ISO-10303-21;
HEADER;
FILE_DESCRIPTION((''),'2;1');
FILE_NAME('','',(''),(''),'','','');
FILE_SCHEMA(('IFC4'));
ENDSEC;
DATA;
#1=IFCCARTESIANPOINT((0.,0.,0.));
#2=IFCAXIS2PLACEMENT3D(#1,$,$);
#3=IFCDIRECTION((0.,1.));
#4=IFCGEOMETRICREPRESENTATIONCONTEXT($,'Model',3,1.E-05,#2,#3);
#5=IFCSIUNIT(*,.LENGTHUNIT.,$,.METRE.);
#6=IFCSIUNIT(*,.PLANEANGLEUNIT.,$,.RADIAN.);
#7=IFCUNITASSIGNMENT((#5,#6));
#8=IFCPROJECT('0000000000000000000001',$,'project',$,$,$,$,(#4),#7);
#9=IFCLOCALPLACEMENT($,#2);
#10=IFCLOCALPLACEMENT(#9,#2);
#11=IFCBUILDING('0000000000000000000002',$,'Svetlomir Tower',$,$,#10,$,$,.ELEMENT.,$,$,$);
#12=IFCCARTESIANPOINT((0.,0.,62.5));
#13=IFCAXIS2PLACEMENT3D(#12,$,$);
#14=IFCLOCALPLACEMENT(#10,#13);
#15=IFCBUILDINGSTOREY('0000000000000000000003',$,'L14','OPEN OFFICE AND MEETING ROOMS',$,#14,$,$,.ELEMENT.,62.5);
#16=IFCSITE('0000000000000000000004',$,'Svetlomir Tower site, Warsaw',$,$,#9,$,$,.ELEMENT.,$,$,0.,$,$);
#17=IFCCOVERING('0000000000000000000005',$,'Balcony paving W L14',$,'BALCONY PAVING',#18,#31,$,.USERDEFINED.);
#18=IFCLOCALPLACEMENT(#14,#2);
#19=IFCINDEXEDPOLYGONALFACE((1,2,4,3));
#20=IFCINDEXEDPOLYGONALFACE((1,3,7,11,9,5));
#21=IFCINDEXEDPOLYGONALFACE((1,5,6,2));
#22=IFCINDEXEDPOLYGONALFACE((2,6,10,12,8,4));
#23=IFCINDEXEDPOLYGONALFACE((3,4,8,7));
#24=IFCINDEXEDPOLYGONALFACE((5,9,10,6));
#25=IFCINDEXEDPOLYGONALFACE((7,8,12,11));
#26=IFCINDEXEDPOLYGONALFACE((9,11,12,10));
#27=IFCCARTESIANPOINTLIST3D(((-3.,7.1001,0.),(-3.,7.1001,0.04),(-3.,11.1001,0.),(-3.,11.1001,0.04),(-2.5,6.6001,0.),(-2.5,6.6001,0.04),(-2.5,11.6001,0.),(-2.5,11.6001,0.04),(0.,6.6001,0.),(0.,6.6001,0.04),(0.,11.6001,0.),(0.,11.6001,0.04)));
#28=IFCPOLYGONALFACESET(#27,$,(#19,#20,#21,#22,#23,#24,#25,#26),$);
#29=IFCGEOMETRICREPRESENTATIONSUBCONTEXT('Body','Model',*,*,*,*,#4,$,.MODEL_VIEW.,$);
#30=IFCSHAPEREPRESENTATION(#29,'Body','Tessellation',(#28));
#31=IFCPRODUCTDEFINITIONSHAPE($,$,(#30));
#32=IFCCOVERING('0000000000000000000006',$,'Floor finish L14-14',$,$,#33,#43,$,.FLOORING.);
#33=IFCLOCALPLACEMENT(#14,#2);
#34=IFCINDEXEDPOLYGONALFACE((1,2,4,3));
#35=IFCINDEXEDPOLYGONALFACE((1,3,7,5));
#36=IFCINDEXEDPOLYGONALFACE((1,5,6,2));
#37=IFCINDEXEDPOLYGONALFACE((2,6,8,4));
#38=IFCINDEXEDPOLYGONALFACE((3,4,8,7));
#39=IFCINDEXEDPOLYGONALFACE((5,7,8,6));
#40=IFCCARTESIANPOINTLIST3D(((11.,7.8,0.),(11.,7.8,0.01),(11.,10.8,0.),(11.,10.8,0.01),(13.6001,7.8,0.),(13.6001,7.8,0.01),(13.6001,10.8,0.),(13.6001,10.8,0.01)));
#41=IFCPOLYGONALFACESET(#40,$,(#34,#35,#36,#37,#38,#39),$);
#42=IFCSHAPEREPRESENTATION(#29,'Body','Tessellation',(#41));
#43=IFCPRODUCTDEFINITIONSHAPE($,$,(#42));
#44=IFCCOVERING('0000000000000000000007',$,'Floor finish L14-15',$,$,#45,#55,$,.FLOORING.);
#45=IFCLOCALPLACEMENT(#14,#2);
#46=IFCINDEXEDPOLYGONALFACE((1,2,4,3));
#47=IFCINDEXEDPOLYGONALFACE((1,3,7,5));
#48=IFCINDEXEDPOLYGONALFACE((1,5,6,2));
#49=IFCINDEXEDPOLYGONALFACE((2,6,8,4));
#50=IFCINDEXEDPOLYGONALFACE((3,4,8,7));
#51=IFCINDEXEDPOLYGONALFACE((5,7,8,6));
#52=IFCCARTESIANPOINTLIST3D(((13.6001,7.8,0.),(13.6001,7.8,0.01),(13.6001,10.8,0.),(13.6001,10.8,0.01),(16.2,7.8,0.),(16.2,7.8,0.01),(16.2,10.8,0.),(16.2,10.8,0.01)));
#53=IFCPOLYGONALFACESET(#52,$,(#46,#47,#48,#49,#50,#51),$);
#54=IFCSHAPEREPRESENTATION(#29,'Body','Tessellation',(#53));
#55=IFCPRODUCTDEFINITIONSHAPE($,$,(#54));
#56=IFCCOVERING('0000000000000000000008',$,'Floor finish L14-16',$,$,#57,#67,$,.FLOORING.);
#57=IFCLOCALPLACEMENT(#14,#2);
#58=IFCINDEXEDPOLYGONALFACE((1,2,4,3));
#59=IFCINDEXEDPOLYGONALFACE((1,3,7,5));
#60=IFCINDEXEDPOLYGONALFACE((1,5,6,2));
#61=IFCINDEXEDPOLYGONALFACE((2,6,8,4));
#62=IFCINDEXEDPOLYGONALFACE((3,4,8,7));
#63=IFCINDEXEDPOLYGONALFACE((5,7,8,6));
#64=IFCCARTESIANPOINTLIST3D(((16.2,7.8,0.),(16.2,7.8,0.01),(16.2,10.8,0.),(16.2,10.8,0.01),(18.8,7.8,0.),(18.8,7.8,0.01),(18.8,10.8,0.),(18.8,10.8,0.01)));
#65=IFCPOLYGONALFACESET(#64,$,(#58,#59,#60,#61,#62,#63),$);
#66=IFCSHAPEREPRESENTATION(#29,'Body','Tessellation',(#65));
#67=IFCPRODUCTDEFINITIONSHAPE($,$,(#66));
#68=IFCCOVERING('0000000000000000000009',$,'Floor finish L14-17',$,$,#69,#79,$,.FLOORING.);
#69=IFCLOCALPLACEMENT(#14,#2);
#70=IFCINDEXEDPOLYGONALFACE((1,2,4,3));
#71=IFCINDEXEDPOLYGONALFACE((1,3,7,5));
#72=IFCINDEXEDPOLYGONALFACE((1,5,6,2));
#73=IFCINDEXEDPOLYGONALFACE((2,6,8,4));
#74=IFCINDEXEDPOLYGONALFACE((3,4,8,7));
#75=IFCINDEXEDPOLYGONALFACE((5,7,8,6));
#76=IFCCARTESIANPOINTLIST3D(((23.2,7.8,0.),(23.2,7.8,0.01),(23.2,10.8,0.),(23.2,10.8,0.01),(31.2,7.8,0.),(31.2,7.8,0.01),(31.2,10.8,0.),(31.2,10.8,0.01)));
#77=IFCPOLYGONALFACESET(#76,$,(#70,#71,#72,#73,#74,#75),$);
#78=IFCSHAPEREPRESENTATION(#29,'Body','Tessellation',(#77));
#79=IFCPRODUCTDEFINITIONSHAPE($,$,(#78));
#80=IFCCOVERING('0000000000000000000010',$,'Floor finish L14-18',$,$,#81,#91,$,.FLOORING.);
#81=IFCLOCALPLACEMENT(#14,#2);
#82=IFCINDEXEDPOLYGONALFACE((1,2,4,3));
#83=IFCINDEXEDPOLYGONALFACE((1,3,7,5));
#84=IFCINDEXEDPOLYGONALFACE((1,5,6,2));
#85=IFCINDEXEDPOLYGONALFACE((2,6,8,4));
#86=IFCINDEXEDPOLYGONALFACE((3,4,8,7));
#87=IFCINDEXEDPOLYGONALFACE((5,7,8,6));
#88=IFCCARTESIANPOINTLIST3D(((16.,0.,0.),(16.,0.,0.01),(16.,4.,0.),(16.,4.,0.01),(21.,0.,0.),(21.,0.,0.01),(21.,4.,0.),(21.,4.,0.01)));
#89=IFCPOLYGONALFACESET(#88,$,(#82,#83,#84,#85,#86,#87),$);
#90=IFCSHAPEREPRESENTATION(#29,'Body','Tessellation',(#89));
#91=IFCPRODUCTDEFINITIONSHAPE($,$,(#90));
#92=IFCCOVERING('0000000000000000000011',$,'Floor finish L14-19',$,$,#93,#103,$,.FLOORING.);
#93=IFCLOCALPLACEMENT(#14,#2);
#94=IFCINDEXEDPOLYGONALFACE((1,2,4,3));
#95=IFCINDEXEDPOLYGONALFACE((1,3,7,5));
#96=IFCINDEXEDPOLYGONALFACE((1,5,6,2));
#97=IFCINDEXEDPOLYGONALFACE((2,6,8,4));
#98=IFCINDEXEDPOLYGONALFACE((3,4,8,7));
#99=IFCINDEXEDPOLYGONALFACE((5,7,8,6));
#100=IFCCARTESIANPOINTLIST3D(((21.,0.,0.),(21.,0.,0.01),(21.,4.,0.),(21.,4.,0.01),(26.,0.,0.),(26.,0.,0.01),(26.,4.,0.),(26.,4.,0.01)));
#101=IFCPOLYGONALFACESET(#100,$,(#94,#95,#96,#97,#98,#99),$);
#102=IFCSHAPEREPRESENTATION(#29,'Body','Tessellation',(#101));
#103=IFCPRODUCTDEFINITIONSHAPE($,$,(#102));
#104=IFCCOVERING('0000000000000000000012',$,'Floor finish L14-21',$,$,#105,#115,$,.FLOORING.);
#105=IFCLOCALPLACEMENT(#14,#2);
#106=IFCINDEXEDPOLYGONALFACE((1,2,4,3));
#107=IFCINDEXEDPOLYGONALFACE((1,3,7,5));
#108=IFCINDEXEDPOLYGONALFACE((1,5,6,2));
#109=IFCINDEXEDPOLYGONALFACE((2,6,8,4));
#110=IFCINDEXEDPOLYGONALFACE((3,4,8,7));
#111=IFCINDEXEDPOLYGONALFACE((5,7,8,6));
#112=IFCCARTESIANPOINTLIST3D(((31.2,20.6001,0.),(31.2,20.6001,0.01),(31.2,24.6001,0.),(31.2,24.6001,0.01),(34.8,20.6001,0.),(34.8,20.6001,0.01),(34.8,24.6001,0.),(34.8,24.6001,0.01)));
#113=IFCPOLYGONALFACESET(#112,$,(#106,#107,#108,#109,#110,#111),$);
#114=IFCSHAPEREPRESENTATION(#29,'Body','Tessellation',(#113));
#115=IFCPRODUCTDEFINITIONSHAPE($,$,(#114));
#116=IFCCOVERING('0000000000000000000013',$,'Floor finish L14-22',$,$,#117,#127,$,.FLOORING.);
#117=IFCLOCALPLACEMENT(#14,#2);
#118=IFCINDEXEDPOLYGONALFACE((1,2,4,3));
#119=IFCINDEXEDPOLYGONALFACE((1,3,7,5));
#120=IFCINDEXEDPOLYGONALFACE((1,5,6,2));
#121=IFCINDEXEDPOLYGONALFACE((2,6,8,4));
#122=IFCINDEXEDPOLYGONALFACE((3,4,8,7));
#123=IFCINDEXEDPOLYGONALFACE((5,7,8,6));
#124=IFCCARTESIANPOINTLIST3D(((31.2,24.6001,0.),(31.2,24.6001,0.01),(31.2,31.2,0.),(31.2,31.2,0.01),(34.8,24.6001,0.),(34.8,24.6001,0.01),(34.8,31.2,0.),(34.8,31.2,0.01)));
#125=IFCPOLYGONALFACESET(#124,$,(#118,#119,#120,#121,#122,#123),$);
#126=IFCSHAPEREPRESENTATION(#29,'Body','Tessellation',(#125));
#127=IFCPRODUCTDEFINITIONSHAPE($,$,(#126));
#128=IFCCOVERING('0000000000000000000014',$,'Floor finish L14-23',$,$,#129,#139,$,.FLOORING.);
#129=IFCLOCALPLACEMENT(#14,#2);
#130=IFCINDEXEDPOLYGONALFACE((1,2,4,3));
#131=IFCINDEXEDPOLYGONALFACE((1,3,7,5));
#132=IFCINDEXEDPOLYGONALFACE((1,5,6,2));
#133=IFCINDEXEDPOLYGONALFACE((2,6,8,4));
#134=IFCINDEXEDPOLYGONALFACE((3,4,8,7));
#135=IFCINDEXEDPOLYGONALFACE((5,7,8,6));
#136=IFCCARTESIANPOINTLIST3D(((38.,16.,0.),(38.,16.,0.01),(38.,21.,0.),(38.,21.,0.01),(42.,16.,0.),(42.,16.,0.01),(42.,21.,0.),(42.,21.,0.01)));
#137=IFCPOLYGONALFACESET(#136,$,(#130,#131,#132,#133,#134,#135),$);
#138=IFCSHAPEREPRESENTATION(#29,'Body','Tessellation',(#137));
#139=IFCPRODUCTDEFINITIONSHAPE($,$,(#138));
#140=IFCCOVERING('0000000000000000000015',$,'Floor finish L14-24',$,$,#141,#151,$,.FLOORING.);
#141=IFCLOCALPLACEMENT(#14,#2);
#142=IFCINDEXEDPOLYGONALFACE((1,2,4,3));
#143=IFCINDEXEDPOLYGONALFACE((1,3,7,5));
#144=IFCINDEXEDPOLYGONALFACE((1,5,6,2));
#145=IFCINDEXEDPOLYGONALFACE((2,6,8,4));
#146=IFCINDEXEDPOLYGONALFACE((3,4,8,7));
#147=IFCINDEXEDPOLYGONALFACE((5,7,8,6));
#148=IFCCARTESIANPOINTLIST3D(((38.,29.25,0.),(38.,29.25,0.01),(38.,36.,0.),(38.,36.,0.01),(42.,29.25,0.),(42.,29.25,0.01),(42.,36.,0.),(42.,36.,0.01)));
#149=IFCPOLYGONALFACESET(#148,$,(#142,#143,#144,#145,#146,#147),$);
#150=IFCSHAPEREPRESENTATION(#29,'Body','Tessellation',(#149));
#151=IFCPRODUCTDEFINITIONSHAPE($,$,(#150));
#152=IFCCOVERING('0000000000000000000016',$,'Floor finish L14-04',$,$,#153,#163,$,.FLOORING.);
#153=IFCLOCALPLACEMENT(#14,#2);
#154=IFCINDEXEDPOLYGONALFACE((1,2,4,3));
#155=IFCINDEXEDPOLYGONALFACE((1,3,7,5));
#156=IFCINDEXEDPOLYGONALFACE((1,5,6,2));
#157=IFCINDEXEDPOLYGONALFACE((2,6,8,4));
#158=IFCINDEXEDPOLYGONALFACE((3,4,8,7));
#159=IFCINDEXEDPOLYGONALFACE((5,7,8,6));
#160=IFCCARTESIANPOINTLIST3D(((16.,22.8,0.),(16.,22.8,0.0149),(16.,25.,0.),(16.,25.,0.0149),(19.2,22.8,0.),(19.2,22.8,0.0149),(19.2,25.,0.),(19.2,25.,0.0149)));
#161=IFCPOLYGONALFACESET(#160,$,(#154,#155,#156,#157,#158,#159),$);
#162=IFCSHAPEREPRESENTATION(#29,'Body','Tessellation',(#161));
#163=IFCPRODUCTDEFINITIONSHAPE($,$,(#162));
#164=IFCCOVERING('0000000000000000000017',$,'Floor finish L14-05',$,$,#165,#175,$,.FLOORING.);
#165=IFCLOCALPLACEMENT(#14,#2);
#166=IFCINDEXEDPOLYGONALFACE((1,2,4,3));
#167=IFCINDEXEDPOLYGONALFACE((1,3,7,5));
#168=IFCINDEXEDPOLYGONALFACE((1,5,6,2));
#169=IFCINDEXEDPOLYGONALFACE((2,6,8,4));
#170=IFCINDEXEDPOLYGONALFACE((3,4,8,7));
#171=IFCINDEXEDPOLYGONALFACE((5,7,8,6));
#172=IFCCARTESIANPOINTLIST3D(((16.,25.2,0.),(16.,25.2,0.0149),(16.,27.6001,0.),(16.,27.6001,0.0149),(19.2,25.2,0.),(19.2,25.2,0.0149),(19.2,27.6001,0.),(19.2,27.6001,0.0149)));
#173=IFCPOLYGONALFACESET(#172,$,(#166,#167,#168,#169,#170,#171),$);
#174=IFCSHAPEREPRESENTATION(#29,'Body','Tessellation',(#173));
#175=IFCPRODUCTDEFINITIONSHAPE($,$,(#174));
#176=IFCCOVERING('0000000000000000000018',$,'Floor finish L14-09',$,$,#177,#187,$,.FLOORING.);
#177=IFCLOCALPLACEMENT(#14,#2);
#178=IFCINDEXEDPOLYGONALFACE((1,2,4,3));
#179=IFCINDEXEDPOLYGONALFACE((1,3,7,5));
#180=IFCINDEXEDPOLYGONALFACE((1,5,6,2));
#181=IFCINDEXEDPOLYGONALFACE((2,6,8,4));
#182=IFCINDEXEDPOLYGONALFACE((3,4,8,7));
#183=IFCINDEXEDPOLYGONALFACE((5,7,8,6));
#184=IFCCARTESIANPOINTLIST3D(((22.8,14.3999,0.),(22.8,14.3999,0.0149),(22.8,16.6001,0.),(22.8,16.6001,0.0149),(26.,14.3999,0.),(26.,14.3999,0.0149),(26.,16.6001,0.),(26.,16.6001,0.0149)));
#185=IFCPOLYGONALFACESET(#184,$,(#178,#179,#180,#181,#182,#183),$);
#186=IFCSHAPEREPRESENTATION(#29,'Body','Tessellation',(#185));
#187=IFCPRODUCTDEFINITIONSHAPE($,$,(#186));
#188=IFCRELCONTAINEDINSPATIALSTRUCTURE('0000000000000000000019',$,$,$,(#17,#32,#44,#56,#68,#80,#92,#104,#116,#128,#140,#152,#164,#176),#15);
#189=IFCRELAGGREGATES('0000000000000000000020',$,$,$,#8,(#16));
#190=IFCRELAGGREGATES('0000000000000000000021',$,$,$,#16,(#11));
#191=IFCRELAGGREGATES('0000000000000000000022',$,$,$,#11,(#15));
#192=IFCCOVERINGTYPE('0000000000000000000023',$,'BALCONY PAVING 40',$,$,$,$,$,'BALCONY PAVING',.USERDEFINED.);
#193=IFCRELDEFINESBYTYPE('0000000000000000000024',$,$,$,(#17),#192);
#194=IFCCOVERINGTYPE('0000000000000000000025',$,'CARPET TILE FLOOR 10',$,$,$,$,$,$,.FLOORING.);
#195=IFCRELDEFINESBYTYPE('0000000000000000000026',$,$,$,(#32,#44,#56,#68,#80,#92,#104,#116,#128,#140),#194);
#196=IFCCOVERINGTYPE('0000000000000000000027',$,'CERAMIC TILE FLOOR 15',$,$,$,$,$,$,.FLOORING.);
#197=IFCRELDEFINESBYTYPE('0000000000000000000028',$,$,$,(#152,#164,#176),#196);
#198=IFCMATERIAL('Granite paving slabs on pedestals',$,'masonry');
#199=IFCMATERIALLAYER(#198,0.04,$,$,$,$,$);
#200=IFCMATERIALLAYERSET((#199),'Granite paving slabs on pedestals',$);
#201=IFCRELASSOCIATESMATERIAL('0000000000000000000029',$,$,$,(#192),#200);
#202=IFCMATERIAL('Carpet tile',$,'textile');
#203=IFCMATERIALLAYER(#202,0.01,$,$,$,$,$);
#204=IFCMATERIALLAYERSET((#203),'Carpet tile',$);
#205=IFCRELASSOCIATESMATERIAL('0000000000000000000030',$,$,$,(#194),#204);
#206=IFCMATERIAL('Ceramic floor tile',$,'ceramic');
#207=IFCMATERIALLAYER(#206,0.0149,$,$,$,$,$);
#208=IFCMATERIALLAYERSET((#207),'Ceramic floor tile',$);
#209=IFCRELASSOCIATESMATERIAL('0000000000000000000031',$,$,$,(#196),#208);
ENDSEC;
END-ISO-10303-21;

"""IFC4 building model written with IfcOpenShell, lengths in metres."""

from ifc_helpers import new_model, si_unit, direction, frame, origin, place, context, subcontext, project, spatial, polyline, outline, extrude, material, layer, layer_set, type_object, element, save


model = new_model("IFC4")

# Units and contexts
model_context = context("Model", 3, precision=1e-05, world=origin(), true_north=direction((0.0, 1.0)))
body_context = subcontext(model_context, "Body", "Model", "MODEL_VIEW")
ifc_project = project(units=[si_unit("LENGTHUNIT", "METRE"), si_unit("PLANEANGLEUNIT", "RADIAN")], contexts=[model_context])

# Site, building, storey
site_placement = place(None, origin())
site = spatial("IfcSite", under=ifc_project, at=site_placement, Name="Svetlomir Tower site, Warsaw", CompositionType="ELEMENT", RefElevation=0.0)
building_placement = place(site_placement, origin())
building = spatial("IfcBuilding", under=site, at=building_placement, Name="Svetlomir Tower", CompositionType="ELEMENT")
storey_placement = place(building_placement, frame((0.0, 0.0, 62.5)))
storey = spatial("IfcBuildingStorey", under=building, at=storey_placement, Name="L14", Description="OPEN OFFICE AND MEETING ROOMS", CompositionType="ELEMENT", Elevation=62.5)

# Coverings
ifc_material_1 = material(Name="Granite paving slabs on pedestals", Category="masonry")
ifc_layer_1 = layer(ifc_material_1, 0.04)
ifc_layer_set_1 = layer_set([ifc_layer_1], Name="Granite paving slabs on pedestals")
covering_type_1 = type_object("IfcCoveringType", Name="BALCONY PAVING 40", ElementType="BALCONY PAVING", PredefinedType="USERDEFINED", material=ifc_layer_set_1)
covering_1_placement = place(storey_placement, origin())
element("IfcCovering", 1, at=covering_1_placement, inside=storey, type_object=covering_type_1, Name="Balcony paving W L14", ObjectType="BALCONY PAVING", PredefinedType="USERDEFINED", context=body_context, shape_type="SweptSolid", body=[
    extrude(outline(polyline([(-2.5, 6.6001), (0.0, 6.6001), (0.0, 11.6001), (-2.5, 11.6001), (-3.0, 11.1001), (-3.0, 7.1001), (-2.5, 6.6001)])), origin(), (0.0, 0.0, 1.0), 0.04),
])
ifc_material_2 = material(Name="Carpet tile", Category="textile")
ifc_layer_2 = layer(ifc_material_2, 0.01)
ifc_layer_set_2 = layer_set([ifc_layer_2], Name="Carpet tile")
covering_type_2 = type_object("IfcCoveringType", Name="CARPET TILE FLOOR 10", PredefinedType="FLOORING", material=ifc_layer_set_2)
covering_2_placement = place(storey_placement, origin())
element("IfcCovering", 2, at=covering_2_placement, inside=storey, type_object=covering_type_2, Name="Floor finish L14-14", PredefinedType="FLOORING", context=body_context, shape_type="SweptSolid", body=[
    extrude(outline(polyline([(11.0, 7.8), (13.6001, 7.8), (13.6001, 10.8), (11.0, 10.8), (11.0, 7.8)])), origin(), (0.0, 0.0, 1.0), 0.01),
])
covering_3_placement = place(storey_placement, origin())
element("IfcCovering", 3, at=covering_3_placement, inside=storey, type_object=covering_type_2, Name="Floor finish L14-15", PredefinedType="FLOORING", context=body_context, shape_type="SweptSolid", body=[
    extrude(outline(polyline([(13.6001, 7.8), (16.2, 7.8), (16.2, 10.8), (13.6001, 10.8), (13.6001, 7.8)])), origin(), (0.0, 0.0, 1.0), 0.01),
])
covering_4_placement = place(storey_placement, origin())
element("IfcCovering", 4, at=covering_4_placement, inside=storey, type_object=covering_type_2, Name="Floor finish L14-16", PredefinedType="FLOORING", context=body_context, shape_type="SweptSolid", body=[
    extrude(outline(polyline([(16.2, 7.8), (18.8, 7.8), (18.8, 10.8), (16.2, 10.8), (16.2, 7.8)])), origin(), (0.0, 0.0, 1.0), 0.01),
])
covering_5_placement = place(storey_placement, origin())
element("IfcCovering", 5, at=covering_5_placement, inside=storey, type_object=covering_type_2, Name="Floor finish L14-17", PredefinedType="FLOORING", context=body_context, shape_type="SweptSolid", body=[
    extrude(outline(polyline([(23.2, 7.8), (31.2, 7.8), (31.2, 10.8), (23.2, 10.8), (23.2, 7.8)])), origin(), (0.0, 0.0, 1.0), 0.01),
])
covering_6_placement = place(storey_placement, origin())
element("IfcCovering", 6, at=covering_6_placement, inside=storey, type_object=covering_type_2, Name="Floor finish L14-18", PredefinedType="FLOORING", context=body_context, shape_type="SweptSolid", body=[
    extrude(outline(polyline([(16.0, 0.0), (21.0, 0.0), (21.0, 4.0), (16.0, 4.0), (16.0, 0.0)])), origin(), (0.0, 0.0, 1.0), 0.01),
])
covering_7_placement = place(storey_placement, origin())
element("IfcCovering", 7, at=covering_7_placement, inside=storey, type_object=covering_type_2, Name="Floor finish L14-19", PredefinedType="FLOORING", context=body_context, shape_type="SweptSolid", body=[
    extrude(outline(polyline([(21.0, 0.0), (26.0, 0.0), (26.0, 4.0), (21.0, 4.0), (21.0, 0.0)])), origin(), (0.0, 0.0, 1.0), 0.01),
])
covering_8_placement = place(storey_placement, origin())
element("IfcCovering", 8, at=covering_8_placement, inside=storey, type_object=covering_type_2, Name="Floor finish L14-21", PredefinedType="FLOORING", context=body_context, shape_type="SweptSolid", body=[
    extrude(outline(polyline([(31.2, 20.6001), (34.8, 20.6001), (34.8, 24.6001), (31.2, 24.6001), (31.2, 20.6001)])), origin(), (0.0, 0.0, 1.0), 0.01),
])
covering_9_placement = place(storey_placement, origin())
element("IfcCovering", 9, at=covering_9_placement, inside=storey, type_object=covering_type_2, Name="Floor finish L14-22", PredefinedType="FLOORING", context=body_context, shape_type="SweptSolid", body=[
    extrude(outline(polyline([(31.2, 24.6001), (34.8, 24.6001), (34.8, 31.2), (31.2, 31.2), (31.2, 24.6001)])), origin(), (0.0, 0.0, 1.0), 0.01),
])
covering_10_placement = place(storey_placement, origin())
element("IfcCovering", 10, at=covering_10_placement, inside=storey, type_object=covering_type_2, Name="Floor finish L14-23", PredefinedType="FLOORING", context=body_context, shape_type="SweptSolid", body=[
    extrude(outline(polyline([(38.0, 16.0), (42.0, 16.0), (42.0, 21.0), (38.0, 21.0), (38.0, 16.0)])), origin(), (0.0, 0.0, 1.0), 0.01),
])
covering_11_placement = place(storey_placement, origin())
element("IfcCovering", 11, at=covering_11_placement, inside=storey, type_object=covering_type_2, Name="Floor finish L14-24", PredefinedType="FLOORING", context=body_context, shape_type="SweptSolid", body=[
    extrude(outline(polyline([(38.0, 29.25), (42.0, 29.25), (42.0, 36.0), (38.0, 36.0), (38.0, 29.25)])), origin(), (0.0, 0.0, 1.0), 0.01),
])
ifc_material_3 = material(Name="Ceramic floor tile", Category="ceramic")
ifc_layer_3 = layer(ifc_material_3, 0.0149)
ifc_layer_set_3 = layer_set([ifc_layer_3], Name="Ceramic floor tile")
covering_type_3 = type_object("IfcCoveringType", Name="CERAMIC TILE FLOOR 15", PredefinedType="FLOORING", material=ifc_layer_set_3)
covering_12_placement = place(storey_placement, origin())
element("IfcCovering", 12, at=covering_12_placement, inside=storey, type_object=covering_type_3, Name="Floor finish L14-04", PredefinedType="FLOORING", context=body_context, shape_type="SweptSolid", body=[
    extrude(outline(polyline([(16.0, 22.8), (19.2, 22.8), (19.2, 25.0), (16.0, 25.0), (16.0, 22.8)])), origin(), (0.0, 0.0, 1.0), 0.0149),
])
covering_13_placement = place(storey_placement, origin())
element("IfcCovering", 13, at=covering_13_placement, inside=storey, type_object=covering_type_3, Name="Floor finish L14-05", PredefinedType="FLOORING", context=body_context, shape_type="SweptSolid", body=[
    extrude(outline(polyline([(16.0, 25.2), (19.2, 25.2), (19.2, 27.6001), (16.0, 27.6001), (16.0, 25.2)])), origin(), (0.0, 0.0, 1.0), 0.0149),
])
covering_14_placement = place(storey_placement, origin())
element("IfcCovering", 14, at=covering_14_placement, inside=storey, type_object=covering_type_3, Name="Floor finish L14-09", PredefinedType="FLOORING", context=body_context, shape_type="SweptSolid", body=[
    extrude(outline(polyline([(22.8, 14.3999), (26.0, 14.3999), (26.0, 16.6001), (22.8, 16.6001), (22.8, 14.3999)])), origin(), (0.0, 0.0, 1.0), 0.0149),
])

save(model, "model.ifc")
